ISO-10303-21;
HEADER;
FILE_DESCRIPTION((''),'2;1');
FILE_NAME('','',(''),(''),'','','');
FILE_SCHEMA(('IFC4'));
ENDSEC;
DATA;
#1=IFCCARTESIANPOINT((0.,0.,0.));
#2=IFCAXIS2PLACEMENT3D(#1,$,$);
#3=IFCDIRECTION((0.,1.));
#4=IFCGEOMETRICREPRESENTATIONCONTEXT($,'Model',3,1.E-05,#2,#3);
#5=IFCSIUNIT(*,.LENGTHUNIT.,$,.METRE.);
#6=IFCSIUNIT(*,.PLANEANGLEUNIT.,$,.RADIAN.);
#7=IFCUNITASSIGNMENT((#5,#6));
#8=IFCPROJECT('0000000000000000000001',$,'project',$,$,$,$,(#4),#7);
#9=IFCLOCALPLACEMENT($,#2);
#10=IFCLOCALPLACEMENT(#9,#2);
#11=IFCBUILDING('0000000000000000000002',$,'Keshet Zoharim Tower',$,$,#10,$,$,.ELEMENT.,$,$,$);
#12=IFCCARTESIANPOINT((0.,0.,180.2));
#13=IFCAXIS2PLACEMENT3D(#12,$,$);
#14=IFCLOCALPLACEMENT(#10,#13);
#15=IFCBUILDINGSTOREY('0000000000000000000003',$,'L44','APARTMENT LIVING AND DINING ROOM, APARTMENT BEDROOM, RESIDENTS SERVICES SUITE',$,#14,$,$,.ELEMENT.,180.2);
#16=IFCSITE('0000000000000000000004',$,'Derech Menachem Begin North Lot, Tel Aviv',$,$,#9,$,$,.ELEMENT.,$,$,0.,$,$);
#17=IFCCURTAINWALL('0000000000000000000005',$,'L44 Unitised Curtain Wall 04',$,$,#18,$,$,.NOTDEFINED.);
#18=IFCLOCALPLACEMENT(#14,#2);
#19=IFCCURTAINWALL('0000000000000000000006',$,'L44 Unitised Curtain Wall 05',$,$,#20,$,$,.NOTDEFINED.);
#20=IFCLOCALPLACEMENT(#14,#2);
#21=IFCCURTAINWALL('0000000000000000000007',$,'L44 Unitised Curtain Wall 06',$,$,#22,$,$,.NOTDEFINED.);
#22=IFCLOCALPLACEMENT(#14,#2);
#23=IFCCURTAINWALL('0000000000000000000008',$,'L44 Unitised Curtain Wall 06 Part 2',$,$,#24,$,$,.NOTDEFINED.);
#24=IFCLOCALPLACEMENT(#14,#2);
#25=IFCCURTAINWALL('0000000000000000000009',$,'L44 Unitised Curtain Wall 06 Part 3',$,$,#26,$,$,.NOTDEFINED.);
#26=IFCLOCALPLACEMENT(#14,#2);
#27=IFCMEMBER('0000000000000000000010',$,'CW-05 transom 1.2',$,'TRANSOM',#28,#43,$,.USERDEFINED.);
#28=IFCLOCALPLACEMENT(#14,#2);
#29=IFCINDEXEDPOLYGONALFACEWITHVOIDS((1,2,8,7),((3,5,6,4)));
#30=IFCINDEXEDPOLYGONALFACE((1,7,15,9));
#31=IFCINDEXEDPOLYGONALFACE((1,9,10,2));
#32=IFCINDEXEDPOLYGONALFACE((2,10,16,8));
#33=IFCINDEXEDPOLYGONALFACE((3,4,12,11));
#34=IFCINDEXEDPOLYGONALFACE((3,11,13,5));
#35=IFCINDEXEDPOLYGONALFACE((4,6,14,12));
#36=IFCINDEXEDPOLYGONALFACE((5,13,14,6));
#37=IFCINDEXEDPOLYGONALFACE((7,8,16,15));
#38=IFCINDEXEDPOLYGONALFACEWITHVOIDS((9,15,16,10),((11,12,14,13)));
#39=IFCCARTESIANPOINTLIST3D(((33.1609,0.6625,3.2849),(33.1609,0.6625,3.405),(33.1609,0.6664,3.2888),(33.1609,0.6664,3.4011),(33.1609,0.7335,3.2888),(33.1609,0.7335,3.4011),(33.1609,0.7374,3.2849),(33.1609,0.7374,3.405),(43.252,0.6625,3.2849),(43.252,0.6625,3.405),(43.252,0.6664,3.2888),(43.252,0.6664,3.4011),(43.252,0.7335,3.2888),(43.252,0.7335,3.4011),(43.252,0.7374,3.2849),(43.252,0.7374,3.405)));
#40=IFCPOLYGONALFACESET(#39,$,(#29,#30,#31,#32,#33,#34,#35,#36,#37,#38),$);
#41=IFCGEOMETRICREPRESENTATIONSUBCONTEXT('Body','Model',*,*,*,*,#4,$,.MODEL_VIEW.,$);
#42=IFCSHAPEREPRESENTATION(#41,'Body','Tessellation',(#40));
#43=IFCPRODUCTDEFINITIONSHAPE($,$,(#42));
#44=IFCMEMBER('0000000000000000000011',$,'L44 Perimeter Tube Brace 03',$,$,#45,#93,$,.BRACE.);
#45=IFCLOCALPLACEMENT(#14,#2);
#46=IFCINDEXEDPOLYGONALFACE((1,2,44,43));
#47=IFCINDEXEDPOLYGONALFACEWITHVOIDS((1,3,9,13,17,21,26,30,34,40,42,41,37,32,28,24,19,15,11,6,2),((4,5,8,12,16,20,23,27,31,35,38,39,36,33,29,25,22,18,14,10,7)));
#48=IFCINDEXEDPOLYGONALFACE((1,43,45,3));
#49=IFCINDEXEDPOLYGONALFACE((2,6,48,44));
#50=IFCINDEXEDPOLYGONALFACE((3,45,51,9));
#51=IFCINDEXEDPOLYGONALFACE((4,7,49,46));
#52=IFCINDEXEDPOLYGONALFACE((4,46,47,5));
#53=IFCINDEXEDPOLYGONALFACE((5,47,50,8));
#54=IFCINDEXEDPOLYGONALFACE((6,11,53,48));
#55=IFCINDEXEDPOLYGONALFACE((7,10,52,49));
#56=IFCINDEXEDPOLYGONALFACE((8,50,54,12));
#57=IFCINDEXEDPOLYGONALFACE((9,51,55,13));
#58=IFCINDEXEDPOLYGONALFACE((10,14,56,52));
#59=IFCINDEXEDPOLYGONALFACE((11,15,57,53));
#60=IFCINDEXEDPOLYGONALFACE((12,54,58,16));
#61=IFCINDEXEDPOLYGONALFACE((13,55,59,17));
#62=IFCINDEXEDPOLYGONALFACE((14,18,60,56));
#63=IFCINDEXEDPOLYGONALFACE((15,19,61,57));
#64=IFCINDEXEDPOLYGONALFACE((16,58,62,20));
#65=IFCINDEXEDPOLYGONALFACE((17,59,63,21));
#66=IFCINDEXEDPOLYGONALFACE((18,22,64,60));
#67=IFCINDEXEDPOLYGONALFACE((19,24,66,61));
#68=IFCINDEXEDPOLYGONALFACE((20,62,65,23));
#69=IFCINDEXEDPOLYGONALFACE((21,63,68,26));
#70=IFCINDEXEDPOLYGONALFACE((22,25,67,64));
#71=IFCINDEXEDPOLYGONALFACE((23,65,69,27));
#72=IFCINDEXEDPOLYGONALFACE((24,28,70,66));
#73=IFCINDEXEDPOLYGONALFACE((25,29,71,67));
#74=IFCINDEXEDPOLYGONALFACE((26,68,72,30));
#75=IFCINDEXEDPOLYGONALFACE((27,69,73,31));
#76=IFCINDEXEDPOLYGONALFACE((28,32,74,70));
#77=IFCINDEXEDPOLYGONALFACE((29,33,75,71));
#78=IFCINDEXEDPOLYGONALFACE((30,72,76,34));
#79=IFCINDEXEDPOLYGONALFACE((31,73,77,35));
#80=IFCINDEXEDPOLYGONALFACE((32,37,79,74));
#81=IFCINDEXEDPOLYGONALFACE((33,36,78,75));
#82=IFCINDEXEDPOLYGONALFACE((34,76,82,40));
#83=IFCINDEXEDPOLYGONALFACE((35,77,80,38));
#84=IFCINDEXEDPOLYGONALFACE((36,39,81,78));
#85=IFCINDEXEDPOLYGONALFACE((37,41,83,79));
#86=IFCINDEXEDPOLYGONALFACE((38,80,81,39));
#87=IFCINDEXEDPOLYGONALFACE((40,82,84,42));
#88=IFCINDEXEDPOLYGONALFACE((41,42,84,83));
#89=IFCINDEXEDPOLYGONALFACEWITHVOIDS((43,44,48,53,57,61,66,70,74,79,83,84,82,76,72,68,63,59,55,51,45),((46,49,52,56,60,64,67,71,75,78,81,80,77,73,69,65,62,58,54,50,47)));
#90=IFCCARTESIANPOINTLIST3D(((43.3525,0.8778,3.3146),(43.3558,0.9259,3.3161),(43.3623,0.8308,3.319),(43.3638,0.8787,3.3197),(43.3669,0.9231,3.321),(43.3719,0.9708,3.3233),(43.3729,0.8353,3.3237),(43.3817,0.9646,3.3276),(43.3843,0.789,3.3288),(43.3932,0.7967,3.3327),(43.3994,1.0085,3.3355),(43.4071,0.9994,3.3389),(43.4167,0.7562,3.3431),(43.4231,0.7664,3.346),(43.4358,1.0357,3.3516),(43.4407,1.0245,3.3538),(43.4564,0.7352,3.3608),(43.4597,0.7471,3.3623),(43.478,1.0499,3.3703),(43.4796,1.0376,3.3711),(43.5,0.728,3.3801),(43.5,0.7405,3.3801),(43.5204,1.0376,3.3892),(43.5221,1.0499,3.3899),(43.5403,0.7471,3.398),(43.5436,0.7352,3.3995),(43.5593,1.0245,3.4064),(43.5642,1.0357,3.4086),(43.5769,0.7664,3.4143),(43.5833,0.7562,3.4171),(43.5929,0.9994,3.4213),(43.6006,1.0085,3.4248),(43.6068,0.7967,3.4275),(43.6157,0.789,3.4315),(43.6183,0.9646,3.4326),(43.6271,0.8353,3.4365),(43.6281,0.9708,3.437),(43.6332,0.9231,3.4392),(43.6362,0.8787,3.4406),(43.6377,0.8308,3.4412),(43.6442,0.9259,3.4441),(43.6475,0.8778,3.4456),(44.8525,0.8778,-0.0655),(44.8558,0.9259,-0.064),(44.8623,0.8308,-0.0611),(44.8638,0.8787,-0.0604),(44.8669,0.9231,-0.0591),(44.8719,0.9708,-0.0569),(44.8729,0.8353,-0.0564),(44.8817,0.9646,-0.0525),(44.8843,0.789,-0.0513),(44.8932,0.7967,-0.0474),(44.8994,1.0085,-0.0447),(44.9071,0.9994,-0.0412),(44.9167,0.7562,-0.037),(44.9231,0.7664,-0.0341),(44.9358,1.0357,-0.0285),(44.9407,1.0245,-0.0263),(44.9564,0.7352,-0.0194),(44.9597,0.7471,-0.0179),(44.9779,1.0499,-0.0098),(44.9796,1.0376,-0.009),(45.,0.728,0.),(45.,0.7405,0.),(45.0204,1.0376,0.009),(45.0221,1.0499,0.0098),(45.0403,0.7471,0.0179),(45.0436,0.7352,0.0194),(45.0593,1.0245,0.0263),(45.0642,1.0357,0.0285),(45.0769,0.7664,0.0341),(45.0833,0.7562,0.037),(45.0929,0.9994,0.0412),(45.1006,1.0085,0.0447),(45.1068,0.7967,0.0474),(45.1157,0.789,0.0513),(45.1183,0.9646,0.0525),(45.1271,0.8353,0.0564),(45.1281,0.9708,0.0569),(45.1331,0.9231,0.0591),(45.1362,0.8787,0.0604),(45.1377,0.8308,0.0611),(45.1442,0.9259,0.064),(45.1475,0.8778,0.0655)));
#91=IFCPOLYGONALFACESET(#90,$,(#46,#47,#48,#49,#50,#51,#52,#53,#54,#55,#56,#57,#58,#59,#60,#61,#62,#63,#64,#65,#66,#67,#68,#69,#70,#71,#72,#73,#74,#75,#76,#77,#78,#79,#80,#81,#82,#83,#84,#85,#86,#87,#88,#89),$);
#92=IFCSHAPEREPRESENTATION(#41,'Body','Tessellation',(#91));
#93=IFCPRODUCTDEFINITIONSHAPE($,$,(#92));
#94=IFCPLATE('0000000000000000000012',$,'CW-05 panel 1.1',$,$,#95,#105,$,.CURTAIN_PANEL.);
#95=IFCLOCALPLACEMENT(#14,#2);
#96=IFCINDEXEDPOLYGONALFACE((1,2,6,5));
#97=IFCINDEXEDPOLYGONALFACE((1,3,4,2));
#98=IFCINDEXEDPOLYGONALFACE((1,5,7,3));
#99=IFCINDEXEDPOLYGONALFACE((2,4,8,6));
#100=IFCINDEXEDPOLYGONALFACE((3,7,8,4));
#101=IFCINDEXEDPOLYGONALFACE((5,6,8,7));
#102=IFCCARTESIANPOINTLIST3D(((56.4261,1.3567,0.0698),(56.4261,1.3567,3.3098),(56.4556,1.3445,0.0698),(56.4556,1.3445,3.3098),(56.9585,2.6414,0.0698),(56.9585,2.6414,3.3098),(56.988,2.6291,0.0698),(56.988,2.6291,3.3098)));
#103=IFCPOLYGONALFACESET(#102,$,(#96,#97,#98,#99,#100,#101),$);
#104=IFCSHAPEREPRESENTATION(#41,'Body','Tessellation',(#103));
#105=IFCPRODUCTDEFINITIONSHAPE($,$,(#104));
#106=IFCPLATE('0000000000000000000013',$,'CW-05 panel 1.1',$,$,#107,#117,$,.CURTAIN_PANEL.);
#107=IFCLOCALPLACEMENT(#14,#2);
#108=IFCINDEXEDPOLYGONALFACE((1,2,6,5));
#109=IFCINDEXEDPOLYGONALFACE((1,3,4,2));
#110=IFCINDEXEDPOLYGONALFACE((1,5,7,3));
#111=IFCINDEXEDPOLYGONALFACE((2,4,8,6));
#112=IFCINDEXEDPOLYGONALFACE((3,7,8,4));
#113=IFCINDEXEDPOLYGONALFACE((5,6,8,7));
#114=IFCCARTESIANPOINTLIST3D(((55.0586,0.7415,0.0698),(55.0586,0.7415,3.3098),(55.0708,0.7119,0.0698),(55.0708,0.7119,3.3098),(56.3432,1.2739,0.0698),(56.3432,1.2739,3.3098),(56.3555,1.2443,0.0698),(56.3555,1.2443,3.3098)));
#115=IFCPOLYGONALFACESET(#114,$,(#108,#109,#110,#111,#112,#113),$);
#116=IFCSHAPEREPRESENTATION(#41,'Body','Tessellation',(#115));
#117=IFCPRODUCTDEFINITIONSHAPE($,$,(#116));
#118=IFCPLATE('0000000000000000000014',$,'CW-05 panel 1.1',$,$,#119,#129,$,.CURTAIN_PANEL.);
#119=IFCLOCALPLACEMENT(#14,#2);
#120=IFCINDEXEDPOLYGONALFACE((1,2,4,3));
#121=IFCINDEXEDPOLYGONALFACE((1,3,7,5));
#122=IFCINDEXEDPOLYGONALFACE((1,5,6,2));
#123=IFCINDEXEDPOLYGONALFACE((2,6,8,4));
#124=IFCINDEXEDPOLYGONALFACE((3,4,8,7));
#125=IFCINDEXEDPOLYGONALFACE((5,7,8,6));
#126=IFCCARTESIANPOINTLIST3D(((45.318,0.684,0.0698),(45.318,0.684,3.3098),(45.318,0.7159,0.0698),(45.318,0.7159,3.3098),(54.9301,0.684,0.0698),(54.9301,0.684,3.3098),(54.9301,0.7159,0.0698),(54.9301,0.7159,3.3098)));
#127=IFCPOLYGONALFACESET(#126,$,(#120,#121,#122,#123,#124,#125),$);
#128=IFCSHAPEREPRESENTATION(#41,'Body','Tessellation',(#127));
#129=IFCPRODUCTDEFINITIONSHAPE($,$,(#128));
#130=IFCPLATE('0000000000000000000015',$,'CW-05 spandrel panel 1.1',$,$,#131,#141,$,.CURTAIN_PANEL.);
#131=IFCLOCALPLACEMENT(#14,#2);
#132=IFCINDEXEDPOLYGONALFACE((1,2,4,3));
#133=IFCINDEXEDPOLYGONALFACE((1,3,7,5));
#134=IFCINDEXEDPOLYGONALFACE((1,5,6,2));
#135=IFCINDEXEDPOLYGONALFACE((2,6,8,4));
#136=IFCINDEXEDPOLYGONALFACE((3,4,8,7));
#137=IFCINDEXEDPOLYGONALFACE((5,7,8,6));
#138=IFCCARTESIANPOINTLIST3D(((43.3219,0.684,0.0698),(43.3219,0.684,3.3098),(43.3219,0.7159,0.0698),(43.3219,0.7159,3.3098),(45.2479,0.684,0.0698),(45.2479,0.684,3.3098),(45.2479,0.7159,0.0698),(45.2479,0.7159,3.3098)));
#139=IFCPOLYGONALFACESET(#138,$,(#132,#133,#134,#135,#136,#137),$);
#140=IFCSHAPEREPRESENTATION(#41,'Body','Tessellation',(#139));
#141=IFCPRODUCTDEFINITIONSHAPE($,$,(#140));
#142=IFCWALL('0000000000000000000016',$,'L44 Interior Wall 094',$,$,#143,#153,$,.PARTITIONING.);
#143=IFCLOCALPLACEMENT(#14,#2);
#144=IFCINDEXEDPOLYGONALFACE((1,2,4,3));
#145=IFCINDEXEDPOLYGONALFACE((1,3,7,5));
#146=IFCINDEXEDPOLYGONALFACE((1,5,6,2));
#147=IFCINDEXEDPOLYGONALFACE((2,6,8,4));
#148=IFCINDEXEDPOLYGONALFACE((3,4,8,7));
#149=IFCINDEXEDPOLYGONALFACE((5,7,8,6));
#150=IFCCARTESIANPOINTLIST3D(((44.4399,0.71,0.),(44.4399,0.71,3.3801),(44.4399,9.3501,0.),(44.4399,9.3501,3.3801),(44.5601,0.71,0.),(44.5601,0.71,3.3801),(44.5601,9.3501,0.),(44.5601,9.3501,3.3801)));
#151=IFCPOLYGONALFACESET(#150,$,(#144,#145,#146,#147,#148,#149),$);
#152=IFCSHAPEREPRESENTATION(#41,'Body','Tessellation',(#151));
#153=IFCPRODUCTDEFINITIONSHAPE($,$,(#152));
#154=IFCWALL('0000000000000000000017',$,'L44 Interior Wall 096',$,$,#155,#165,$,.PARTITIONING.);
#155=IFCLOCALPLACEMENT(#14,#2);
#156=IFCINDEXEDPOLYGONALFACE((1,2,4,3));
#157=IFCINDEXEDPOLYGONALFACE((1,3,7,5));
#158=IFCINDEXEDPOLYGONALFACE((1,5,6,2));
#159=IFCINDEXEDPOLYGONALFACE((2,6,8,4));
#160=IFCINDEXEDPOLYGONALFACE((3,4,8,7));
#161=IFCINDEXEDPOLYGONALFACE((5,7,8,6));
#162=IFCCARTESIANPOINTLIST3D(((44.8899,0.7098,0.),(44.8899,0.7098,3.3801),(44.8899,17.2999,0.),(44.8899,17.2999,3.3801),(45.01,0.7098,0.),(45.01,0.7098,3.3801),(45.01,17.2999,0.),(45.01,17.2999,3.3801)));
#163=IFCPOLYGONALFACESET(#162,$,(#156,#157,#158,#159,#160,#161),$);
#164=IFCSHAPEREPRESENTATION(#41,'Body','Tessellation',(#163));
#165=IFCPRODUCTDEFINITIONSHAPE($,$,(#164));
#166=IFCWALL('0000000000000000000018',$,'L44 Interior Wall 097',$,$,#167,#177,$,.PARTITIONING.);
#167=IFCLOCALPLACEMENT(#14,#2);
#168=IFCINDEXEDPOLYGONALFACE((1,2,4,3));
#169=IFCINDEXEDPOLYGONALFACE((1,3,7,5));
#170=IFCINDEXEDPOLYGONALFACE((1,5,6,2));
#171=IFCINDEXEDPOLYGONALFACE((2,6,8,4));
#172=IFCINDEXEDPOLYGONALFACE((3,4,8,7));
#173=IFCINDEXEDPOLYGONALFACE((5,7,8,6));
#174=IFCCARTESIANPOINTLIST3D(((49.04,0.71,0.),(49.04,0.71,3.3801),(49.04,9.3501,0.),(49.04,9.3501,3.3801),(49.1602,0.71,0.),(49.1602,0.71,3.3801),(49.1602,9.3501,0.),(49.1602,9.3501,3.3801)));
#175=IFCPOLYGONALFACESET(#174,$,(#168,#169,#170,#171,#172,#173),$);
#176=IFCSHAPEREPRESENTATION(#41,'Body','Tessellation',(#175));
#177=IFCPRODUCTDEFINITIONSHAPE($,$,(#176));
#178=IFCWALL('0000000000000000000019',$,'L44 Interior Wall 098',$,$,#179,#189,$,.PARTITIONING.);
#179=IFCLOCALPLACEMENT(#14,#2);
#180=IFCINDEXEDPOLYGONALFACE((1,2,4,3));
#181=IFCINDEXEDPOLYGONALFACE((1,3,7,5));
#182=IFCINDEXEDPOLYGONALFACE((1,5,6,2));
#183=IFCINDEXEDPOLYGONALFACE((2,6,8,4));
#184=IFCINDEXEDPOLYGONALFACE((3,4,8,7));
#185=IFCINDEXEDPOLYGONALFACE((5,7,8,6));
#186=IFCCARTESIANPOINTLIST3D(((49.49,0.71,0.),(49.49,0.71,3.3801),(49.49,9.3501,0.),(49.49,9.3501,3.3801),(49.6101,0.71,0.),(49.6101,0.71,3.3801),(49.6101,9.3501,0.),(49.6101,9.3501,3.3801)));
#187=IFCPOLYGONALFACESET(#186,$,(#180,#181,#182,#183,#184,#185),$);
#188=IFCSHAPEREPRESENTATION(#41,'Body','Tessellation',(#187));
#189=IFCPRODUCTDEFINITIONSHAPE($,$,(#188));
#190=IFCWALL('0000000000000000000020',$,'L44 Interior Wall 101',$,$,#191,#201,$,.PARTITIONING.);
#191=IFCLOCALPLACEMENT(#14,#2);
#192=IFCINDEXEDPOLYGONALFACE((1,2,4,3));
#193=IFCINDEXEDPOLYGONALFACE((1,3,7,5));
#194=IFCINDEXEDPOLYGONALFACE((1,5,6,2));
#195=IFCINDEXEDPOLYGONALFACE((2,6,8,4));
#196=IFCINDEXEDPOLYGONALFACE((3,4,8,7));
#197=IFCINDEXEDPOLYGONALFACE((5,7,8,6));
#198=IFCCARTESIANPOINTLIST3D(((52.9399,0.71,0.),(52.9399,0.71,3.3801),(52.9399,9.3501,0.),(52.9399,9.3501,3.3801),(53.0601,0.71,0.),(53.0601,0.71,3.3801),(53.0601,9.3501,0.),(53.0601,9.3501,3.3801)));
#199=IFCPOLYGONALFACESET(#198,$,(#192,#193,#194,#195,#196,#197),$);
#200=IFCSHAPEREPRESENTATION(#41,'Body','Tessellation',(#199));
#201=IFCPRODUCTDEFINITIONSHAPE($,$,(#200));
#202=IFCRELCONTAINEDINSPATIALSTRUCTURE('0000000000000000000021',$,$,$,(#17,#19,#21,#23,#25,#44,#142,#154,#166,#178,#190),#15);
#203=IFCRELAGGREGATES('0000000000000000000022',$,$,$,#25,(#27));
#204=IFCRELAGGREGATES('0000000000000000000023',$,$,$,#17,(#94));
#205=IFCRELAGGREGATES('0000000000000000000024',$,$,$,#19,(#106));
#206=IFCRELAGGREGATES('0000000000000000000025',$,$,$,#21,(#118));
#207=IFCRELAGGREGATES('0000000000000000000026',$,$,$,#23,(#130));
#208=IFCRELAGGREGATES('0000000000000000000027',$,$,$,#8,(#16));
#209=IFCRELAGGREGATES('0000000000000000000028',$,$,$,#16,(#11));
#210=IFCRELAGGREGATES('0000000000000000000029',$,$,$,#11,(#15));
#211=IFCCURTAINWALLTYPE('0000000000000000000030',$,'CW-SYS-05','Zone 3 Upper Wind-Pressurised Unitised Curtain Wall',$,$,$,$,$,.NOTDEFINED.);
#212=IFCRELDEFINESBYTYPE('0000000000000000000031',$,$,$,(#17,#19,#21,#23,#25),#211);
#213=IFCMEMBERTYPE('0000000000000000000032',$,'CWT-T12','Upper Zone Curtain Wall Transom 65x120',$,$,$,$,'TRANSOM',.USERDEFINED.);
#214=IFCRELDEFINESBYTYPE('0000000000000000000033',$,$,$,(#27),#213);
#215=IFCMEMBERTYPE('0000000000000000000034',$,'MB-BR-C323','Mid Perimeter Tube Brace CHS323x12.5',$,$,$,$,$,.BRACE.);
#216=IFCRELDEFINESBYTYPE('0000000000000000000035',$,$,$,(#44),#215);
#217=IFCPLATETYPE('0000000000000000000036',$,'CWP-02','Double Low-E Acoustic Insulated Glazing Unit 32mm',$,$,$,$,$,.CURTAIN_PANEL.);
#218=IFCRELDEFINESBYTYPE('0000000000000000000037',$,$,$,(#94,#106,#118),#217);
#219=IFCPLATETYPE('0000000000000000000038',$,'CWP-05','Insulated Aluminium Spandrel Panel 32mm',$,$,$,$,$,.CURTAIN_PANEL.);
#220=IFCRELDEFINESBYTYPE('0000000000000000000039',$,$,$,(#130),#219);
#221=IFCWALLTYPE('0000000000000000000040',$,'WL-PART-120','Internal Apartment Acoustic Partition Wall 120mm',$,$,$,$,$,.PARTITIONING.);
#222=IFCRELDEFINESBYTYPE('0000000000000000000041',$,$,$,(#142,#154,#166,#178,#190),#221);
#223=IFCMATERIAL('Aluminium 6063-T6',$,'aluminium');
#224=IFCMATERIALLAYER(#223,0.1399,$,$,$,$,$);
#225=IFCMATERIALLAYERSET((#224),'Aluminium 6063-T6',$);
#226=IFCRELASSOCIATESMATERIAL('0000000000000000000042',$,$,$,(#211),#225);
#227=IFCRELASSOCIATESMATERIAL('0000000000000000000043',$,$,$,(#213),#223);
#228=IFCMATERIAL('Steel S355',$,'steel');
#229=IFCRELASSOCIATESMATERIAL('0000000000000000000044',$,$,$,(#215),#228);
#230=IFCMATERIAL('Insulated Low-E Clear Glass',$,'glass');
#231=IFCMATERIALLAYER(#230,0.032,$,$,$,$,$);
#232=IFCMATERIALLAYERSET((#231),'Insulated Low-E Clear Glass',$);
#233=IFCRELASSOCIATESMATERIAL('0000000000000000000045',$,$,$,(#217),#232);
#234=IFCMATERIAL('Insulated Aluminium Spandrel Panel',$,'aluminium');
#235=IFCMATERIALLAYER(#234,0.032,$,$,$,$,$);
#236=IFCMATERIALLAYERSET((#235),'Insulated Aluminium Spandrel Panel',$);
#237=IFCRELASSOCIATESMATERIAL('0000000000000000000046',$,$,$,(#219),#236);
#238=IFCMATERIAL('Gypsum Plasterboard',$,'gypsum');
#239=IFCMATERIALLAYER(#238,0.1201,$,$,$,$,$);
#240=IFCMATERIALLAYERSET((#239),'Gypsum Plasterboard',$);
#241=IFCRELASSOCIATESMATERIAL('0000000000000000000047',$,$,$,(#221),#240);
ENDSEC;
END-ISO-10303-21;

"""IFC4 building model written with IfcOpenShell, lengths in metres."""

from ifc_helpers import new_model, si_unit, direction, frame, frame_2d, origin, origin_2d, place, context, subcontext, project, spatial, rectangle, hollow_rectangle, hollow_circle, extrude, material, layer, layer_set, material_profile, profile_set, type_object, element, aggregate, save


model = new_model("IFC4")

# Units and contexts
model_context = context("Model", 3, precision=1e-05, world=origin(), true_north=direction((0.0, 1.0)))
body_context = subcontext(model_context, "Body", "Model", "MODEL_VIEW")
ifc_project = project(units=[si_unit("LENGTHUNIT", "METRE"), si_unit("PLANEANGLEUNIT", "RADIAN")], contexts=[model_context])

# Site, building, storey
site_placement = place(None, origin())
site = spatial("IfcSite", under=ifc_project, at=site_placement, Name="Derech Menachem Begin North Lot, Tel Aviv", CompositionType="ELEMENT", RefElevation=0.0)
building_placement = place(site_placement, origin())
building = spatial("IfcBuilding", under=site, at=building_placement, Name="Keshet Zoharim Tower", CompositionType="ELEMENT")
storey_placement = place(building_placement, frame((0.0, 0.0, 180.2)))
storey = spatial("IfcBuildingStorey", under=building, at=storey_placement, Name="L44", Description="APARTMENT LIVING AND DINING ROOM, APARTMENT BEDROOM, RESIDENTS SERVICES SUITE", CompositionType="ELEMENT", Elevation=180.2)

# Shared definitions
ifc_material_1 = material(Name="Steel S355", Category="steel")

# Curtain wall
ifc_material_2 = material(Name="Aluminium 6063-T6", Category="aluminium")
ifc_layer_1 = layer(ifc_material_2, 0.1399)
ifc_layer_set_1 = layer_set([ifc_layer_1], Name="Aluminium 6063-T6")
curtain_wall_type = type_object("IfcCurtainWallType", Name="CW-SYS-05", Description="Zone 3 Upper Wind-Pressurised Unitised Curtain Wall", PredefinedType="NOTDEFINED", material=ifc_layer_set_1)
curtain_wall_1_placement = place(storey_placement, origin())
curtain_wall_1 = element("IfcCurtainWall", 1, at=curtain_wall_1_placement, inside=storey, type_object=curtain_wall_type, Name="L44 Unitised Curtain Wall 04", PredefinedType="NOTDEFINED")

# Curtain walls
curtain_wall_2_placement = place(storey_placement, origin())
curtain_wall_2 = element("IfcCurtainWall", 2, at=curtain_wall_2_placement, inside=storey, type_object=curtain_wall_type, Name="L44 Unitised Curtain Wall 05", PredefinedType="NOTDEFINED")
curtain_wall_3_placement = place(storey_placement, origin())
curtain_wall_3 = element("IfcCurtainWall", 3, at=curtain_wall_3_placement, inside=storey, type_object=curtain_wall_type, Name="L44 Unitised Curtain Wall 06", PredefinedType="NOTDEFINED")

# Curtain wall
curtain_wall_4_placement = place(storey_placement, origin())
curtain_wall_4 = element("IfcCurtainWall", 4, at=curtain_wall_4_placement, inside=storey, type_object=curtain_wall_type, Name="L44 Unitised Curtain Wall 06 Part 2", PredefinedType="NOTDEFINED")

# Shared definitions
ifc_material_profile_1 = material_profile(ifc_material_2, hollow_rectangle(XDim=0.075, YDim=0.1201, WallThickness=0.0039, at=origin_2d()), Name="TRN-75x120")
ifc_profile_set_1 = profile_set([ifc_material_profile_1], Name="Aluminium 6063-T6")
member_type_1 = type_object("IfcMemberType", Name="CWT-T12", Description="Upper Zone Curtain Wall Transom 65x120", ElementType="TRANSOM", PredefinedType="USERDEFINED", material=ifc_profile_set_1)

# Curtain wall, member
curtain_wall_5_placement = place(storey_placement, origin())
curtain_wall_5 = element("IfcCurtainWall", 5, at=curtain_wall_5_placement, inside=storey, type_object=curtain_wall_type, Name="L44 Unitised Curtain Wall 06 Part 3", PredefinedType="NOTDEFINED")
member_1_placement = place(storey_placement, frame((43.252, 0.7, 3.345), z_axis=(-1.0, 0.0, 0.0), x_axis=(0.0, -1.0, 0.0)))
member_1 = element("IfcMember", 6, at=member_1_placement, type_object=member_type_1, Name="CW-05 transom 1.2", ObjectType="TRANSOM", PredefinedType="USERDEFINED", context=body_context, shape_type="SweptSolid", body=[
    extrude(hollow_rectangle(XDim=0.075, YDim=0.1201, WallThickness=0.0039, at=origin_2d()), origin(), (0.0, 0.0, 1.0), 10.0911),
])
aggregate(curtain_wall_5, [member_1])

# Member
ifc_material_profile_2 = material_profile(ifc_material_1, hollow_circle(Radius=0.1619, WallThickness=0.0125, at=origin_2d()), Name="CHS323x12.5")
ifc_profile_set_2 = profile_set([ifc_material_profile_2], Name="Steel S355")
member_type_2 = type_object("IfcMemberType", Name="MB-BR-C323", Description="Mid Perimeter Tube Brace CHS323x12.5", PredefinedType="BRACE", material=ifc_profile_set_2)
member_2_placement = place(storey_placement, frame((45.0, 0.8899, 0.0), z_axis=(-0.405624, 0.0, 0.91404), x_axis=(0.0, -1.0, 0.0)))
element("IfcMember", 7, at=member_2_placement, inside=storey, type_object=member_type_2, Name="L44 Perimeter Tube Brace 03", PredefinedType="BRACE", context=body_context, shape_type="SweptSolid", body=[
    extrude(hollow_circle(Radius=0.1619, WallThickness=0.0125, at=origin_2d()), origin(), (0.0, 0.0, 1.0), 3.698),
])

# Plates
ifc_material_3 = material(Name="Insulated Low-E Clear Glass", Category="glass")
ifc_layer_2 = layer(ifc_material_3, 0.032)
ifc_layer_set_2 = layer_set([ifc_layer_2], Name="Insulated Low-E Clear Glass")
plate_type_1 = type_object("IfcPlateType", Name="CWP-02", Description="Double Low-E Acoustic Insulated Glazing Unit 32mm", PredefinedType="CURTAIN_PANEL", material=ifc_layer_set_2)
plate_1_placement = place(storey_placement, frame((56.707, 1.9929, 0.0698), z_axis=(0.0, 0.0, 1.0), x_axis=(-0.382852, -0.92381, 0.0)))
plate_1 = element("IfcPlate", 8, at=plate_1_placement, type_object=plate_type_1, Name="CW-05 panel 1.1", PredefinedType="CURTAIN_PANEL", context=body_context, shape_type="SweptSolid", body=[
    extrude(rectangle(XDim=1.3906, YDim=0.032, at=origin_2d()), origin(), (0.0, 0.0, 1.0), 3.24),
])
aggregate(curtain_wall_1, [plate_1])
plate_2_placement = place(storey_placement, frame((55.707, 0.9929, 0.0698), z_axis=(0.0, 0.0, 1.0), x_axis=(-0.92381, -0.382852, 0.0)))
plate_2 = element("IfcPlate", 9, at=plate_2_placement, type_object=plate_type_1, Name="CW-05 panel 1.1", PredefinedType="CURTAIN_PANEL", context=body_context, shape_type="SweptSolid", body=[
    extrude(rectangle(XDim=1.3906, YDim=0.032, at=origin_2d()), origin(), (0.0, 0.0, 1.0), 3.24),
])
aggregate(curtain_wall_2, [plate_2])
plate_3_placement = place(storey_placement, frame((50.124, 0.7, 0.0698), z_axis=(0.0, 0.0, 1.0), x_axis=(-1.0, 0.0, 0.0)))
plate_3 = element("IfcPlate", 10, at=plate_3_placement, type_object=plate_type_1, Name="CW-05 panel 1.1", PredefinedType="CURTAIN_PANEL", context=body_context, shape_type="SweptSolid", body=[
    extrude(rectangle(XDim=9.6121, YDim=0.032, at=origin_2d()), origin(), (0.0, 0.0, 1.0), 3.24),
])
aggregate(curtain_wall_3, [plate_3])
ifc_material_4 = material(Name="Insulated Aluminium Spandrel Panel", Category="aluminium")
ifc_layer_3 = layer(ifc_material_4, 0.032)
ifc_layer_set_3 = layer_set([ifc_layer_3], Name="Insulated Aluminium Spandrel Panel")
plate_type_2 = type_object("IfcPlateType", Name="CWP-05", Description="Insulated Aluminium Spandrel Panel 32mm", PredefinedType="CURTAIN_PANEL", material=ifc_layer_set_3)
plate_4_placement = place(storey_placement, frame((44.2849, 0.7, 0.0698), z_axis=(0.0, 0.0, 1.0), x_axis=(-1.0, 0.0, 0.0)))
plate_4 = element("IfcPlate", 11, at=plate_4_placement, type_object=plate_type_2, Name="CW-05 spandrel panel 1.1", PredefinedType="CURTAIN_PANEL", context=body_context, shape_type="SweptSolid", body=[
    extrude(rectangle(XDim=1.926, YDim=0.032, at=origin_2d()), origin(), (0.0, 0.0, 1.0), 3.24),
])
aggregate(curtain_wall_4, [plate_4])

# Walls
ifc_material_5 = material(Name="Gypsum Plasterboard", Category="gypsum")
ifc_layer_4 = layer(ifc_material_5, 0.1201)
ifc_layer_set_4 = layer_set([ifc_layer_4], Name="Gypsum Plasterboard")
wall_type = type_object("IfcWallType", Name="WL-PART-120", Description="Internal Apartment Acoustic Partition Wall 120mm", PredefinedType="PARTITIONING", material=ifc_layer_set_4)
wall_1_placement = place(storey_placement, frame((44.5, 0.71, 0.0), z_axis=(0.0, 0.0, 1.0), x_axis=(0.0, 1.0, 0.0)))
element("IfcWall", 12, at=wall_1_placement, inside=storey, type_object=wall_type, Name="L44 Interior Wall 094", PredefinedType="PARTITIONING", context=body_context, shape_type="SweptSolid", body=[
    extrude(rectangle(XDim=8.6401, YDim=0.1201, at=frame_2d((4.3201, 0.0))), origin(), (0.0, 0.0, 1.0), 3.3801),
])
wall_2_placement = place(storey_placement, frame((44.95, 0.71, 0.0), z_axis=(0.0, 0.0, 1.0), x_axis=(0.0, 1.0, 0.0)))
element("IfcWall", 13, at=wall_2_placement, inside=storey, type_object=wall_type, Name="L44 Interior Wall 096", PredefinedType="PARTITIONING", context=body_context, shape_type="SweptSolid", body=[
    extrude(rectangle(XDim=16.5901, YDim=0.1201, at=frame_2d((8.2949, 0.0))), origin(), (0.0, 0.0, 1.0), 3.3801),
])
for number, where, z_axis, x_axis, name in (
    (14, (49.1001, 0.71, 0.0), (0.0, 0.0, 1.0), (0.0, 1.0, 0.0), "L44 Interior Wall 097"),
    (15, (49.55, 0.71, 0.0), (0.0, 0.0, 1.0), (0.0, 1.0, 0.0), "L44 Interior Wall 098"),
    (16, (53.0, 0.71, 0.0), (0.0, 0.0, 1.0), (0.0, 1.0, 0.0), "L44 Interior Wall 101"),
):
    element("IfcWall", number, at=place(storey_placement, frame(where, z_axis=z_axis, x_axis=x_axis)), inside=storey, type_object=wall_type, Name=name, PredefinedType="PARTITIONING", context=body_context, shape_type="SweptSolid", body=[
        extrude(rectangle(XDim=8.6401, YDim=0.1201, at=frame_2d((4.3201, 0.0))), origin(), (0.0, 0.0, 1.0), 3.3801),
    ])

save(model, "model.ifc")
